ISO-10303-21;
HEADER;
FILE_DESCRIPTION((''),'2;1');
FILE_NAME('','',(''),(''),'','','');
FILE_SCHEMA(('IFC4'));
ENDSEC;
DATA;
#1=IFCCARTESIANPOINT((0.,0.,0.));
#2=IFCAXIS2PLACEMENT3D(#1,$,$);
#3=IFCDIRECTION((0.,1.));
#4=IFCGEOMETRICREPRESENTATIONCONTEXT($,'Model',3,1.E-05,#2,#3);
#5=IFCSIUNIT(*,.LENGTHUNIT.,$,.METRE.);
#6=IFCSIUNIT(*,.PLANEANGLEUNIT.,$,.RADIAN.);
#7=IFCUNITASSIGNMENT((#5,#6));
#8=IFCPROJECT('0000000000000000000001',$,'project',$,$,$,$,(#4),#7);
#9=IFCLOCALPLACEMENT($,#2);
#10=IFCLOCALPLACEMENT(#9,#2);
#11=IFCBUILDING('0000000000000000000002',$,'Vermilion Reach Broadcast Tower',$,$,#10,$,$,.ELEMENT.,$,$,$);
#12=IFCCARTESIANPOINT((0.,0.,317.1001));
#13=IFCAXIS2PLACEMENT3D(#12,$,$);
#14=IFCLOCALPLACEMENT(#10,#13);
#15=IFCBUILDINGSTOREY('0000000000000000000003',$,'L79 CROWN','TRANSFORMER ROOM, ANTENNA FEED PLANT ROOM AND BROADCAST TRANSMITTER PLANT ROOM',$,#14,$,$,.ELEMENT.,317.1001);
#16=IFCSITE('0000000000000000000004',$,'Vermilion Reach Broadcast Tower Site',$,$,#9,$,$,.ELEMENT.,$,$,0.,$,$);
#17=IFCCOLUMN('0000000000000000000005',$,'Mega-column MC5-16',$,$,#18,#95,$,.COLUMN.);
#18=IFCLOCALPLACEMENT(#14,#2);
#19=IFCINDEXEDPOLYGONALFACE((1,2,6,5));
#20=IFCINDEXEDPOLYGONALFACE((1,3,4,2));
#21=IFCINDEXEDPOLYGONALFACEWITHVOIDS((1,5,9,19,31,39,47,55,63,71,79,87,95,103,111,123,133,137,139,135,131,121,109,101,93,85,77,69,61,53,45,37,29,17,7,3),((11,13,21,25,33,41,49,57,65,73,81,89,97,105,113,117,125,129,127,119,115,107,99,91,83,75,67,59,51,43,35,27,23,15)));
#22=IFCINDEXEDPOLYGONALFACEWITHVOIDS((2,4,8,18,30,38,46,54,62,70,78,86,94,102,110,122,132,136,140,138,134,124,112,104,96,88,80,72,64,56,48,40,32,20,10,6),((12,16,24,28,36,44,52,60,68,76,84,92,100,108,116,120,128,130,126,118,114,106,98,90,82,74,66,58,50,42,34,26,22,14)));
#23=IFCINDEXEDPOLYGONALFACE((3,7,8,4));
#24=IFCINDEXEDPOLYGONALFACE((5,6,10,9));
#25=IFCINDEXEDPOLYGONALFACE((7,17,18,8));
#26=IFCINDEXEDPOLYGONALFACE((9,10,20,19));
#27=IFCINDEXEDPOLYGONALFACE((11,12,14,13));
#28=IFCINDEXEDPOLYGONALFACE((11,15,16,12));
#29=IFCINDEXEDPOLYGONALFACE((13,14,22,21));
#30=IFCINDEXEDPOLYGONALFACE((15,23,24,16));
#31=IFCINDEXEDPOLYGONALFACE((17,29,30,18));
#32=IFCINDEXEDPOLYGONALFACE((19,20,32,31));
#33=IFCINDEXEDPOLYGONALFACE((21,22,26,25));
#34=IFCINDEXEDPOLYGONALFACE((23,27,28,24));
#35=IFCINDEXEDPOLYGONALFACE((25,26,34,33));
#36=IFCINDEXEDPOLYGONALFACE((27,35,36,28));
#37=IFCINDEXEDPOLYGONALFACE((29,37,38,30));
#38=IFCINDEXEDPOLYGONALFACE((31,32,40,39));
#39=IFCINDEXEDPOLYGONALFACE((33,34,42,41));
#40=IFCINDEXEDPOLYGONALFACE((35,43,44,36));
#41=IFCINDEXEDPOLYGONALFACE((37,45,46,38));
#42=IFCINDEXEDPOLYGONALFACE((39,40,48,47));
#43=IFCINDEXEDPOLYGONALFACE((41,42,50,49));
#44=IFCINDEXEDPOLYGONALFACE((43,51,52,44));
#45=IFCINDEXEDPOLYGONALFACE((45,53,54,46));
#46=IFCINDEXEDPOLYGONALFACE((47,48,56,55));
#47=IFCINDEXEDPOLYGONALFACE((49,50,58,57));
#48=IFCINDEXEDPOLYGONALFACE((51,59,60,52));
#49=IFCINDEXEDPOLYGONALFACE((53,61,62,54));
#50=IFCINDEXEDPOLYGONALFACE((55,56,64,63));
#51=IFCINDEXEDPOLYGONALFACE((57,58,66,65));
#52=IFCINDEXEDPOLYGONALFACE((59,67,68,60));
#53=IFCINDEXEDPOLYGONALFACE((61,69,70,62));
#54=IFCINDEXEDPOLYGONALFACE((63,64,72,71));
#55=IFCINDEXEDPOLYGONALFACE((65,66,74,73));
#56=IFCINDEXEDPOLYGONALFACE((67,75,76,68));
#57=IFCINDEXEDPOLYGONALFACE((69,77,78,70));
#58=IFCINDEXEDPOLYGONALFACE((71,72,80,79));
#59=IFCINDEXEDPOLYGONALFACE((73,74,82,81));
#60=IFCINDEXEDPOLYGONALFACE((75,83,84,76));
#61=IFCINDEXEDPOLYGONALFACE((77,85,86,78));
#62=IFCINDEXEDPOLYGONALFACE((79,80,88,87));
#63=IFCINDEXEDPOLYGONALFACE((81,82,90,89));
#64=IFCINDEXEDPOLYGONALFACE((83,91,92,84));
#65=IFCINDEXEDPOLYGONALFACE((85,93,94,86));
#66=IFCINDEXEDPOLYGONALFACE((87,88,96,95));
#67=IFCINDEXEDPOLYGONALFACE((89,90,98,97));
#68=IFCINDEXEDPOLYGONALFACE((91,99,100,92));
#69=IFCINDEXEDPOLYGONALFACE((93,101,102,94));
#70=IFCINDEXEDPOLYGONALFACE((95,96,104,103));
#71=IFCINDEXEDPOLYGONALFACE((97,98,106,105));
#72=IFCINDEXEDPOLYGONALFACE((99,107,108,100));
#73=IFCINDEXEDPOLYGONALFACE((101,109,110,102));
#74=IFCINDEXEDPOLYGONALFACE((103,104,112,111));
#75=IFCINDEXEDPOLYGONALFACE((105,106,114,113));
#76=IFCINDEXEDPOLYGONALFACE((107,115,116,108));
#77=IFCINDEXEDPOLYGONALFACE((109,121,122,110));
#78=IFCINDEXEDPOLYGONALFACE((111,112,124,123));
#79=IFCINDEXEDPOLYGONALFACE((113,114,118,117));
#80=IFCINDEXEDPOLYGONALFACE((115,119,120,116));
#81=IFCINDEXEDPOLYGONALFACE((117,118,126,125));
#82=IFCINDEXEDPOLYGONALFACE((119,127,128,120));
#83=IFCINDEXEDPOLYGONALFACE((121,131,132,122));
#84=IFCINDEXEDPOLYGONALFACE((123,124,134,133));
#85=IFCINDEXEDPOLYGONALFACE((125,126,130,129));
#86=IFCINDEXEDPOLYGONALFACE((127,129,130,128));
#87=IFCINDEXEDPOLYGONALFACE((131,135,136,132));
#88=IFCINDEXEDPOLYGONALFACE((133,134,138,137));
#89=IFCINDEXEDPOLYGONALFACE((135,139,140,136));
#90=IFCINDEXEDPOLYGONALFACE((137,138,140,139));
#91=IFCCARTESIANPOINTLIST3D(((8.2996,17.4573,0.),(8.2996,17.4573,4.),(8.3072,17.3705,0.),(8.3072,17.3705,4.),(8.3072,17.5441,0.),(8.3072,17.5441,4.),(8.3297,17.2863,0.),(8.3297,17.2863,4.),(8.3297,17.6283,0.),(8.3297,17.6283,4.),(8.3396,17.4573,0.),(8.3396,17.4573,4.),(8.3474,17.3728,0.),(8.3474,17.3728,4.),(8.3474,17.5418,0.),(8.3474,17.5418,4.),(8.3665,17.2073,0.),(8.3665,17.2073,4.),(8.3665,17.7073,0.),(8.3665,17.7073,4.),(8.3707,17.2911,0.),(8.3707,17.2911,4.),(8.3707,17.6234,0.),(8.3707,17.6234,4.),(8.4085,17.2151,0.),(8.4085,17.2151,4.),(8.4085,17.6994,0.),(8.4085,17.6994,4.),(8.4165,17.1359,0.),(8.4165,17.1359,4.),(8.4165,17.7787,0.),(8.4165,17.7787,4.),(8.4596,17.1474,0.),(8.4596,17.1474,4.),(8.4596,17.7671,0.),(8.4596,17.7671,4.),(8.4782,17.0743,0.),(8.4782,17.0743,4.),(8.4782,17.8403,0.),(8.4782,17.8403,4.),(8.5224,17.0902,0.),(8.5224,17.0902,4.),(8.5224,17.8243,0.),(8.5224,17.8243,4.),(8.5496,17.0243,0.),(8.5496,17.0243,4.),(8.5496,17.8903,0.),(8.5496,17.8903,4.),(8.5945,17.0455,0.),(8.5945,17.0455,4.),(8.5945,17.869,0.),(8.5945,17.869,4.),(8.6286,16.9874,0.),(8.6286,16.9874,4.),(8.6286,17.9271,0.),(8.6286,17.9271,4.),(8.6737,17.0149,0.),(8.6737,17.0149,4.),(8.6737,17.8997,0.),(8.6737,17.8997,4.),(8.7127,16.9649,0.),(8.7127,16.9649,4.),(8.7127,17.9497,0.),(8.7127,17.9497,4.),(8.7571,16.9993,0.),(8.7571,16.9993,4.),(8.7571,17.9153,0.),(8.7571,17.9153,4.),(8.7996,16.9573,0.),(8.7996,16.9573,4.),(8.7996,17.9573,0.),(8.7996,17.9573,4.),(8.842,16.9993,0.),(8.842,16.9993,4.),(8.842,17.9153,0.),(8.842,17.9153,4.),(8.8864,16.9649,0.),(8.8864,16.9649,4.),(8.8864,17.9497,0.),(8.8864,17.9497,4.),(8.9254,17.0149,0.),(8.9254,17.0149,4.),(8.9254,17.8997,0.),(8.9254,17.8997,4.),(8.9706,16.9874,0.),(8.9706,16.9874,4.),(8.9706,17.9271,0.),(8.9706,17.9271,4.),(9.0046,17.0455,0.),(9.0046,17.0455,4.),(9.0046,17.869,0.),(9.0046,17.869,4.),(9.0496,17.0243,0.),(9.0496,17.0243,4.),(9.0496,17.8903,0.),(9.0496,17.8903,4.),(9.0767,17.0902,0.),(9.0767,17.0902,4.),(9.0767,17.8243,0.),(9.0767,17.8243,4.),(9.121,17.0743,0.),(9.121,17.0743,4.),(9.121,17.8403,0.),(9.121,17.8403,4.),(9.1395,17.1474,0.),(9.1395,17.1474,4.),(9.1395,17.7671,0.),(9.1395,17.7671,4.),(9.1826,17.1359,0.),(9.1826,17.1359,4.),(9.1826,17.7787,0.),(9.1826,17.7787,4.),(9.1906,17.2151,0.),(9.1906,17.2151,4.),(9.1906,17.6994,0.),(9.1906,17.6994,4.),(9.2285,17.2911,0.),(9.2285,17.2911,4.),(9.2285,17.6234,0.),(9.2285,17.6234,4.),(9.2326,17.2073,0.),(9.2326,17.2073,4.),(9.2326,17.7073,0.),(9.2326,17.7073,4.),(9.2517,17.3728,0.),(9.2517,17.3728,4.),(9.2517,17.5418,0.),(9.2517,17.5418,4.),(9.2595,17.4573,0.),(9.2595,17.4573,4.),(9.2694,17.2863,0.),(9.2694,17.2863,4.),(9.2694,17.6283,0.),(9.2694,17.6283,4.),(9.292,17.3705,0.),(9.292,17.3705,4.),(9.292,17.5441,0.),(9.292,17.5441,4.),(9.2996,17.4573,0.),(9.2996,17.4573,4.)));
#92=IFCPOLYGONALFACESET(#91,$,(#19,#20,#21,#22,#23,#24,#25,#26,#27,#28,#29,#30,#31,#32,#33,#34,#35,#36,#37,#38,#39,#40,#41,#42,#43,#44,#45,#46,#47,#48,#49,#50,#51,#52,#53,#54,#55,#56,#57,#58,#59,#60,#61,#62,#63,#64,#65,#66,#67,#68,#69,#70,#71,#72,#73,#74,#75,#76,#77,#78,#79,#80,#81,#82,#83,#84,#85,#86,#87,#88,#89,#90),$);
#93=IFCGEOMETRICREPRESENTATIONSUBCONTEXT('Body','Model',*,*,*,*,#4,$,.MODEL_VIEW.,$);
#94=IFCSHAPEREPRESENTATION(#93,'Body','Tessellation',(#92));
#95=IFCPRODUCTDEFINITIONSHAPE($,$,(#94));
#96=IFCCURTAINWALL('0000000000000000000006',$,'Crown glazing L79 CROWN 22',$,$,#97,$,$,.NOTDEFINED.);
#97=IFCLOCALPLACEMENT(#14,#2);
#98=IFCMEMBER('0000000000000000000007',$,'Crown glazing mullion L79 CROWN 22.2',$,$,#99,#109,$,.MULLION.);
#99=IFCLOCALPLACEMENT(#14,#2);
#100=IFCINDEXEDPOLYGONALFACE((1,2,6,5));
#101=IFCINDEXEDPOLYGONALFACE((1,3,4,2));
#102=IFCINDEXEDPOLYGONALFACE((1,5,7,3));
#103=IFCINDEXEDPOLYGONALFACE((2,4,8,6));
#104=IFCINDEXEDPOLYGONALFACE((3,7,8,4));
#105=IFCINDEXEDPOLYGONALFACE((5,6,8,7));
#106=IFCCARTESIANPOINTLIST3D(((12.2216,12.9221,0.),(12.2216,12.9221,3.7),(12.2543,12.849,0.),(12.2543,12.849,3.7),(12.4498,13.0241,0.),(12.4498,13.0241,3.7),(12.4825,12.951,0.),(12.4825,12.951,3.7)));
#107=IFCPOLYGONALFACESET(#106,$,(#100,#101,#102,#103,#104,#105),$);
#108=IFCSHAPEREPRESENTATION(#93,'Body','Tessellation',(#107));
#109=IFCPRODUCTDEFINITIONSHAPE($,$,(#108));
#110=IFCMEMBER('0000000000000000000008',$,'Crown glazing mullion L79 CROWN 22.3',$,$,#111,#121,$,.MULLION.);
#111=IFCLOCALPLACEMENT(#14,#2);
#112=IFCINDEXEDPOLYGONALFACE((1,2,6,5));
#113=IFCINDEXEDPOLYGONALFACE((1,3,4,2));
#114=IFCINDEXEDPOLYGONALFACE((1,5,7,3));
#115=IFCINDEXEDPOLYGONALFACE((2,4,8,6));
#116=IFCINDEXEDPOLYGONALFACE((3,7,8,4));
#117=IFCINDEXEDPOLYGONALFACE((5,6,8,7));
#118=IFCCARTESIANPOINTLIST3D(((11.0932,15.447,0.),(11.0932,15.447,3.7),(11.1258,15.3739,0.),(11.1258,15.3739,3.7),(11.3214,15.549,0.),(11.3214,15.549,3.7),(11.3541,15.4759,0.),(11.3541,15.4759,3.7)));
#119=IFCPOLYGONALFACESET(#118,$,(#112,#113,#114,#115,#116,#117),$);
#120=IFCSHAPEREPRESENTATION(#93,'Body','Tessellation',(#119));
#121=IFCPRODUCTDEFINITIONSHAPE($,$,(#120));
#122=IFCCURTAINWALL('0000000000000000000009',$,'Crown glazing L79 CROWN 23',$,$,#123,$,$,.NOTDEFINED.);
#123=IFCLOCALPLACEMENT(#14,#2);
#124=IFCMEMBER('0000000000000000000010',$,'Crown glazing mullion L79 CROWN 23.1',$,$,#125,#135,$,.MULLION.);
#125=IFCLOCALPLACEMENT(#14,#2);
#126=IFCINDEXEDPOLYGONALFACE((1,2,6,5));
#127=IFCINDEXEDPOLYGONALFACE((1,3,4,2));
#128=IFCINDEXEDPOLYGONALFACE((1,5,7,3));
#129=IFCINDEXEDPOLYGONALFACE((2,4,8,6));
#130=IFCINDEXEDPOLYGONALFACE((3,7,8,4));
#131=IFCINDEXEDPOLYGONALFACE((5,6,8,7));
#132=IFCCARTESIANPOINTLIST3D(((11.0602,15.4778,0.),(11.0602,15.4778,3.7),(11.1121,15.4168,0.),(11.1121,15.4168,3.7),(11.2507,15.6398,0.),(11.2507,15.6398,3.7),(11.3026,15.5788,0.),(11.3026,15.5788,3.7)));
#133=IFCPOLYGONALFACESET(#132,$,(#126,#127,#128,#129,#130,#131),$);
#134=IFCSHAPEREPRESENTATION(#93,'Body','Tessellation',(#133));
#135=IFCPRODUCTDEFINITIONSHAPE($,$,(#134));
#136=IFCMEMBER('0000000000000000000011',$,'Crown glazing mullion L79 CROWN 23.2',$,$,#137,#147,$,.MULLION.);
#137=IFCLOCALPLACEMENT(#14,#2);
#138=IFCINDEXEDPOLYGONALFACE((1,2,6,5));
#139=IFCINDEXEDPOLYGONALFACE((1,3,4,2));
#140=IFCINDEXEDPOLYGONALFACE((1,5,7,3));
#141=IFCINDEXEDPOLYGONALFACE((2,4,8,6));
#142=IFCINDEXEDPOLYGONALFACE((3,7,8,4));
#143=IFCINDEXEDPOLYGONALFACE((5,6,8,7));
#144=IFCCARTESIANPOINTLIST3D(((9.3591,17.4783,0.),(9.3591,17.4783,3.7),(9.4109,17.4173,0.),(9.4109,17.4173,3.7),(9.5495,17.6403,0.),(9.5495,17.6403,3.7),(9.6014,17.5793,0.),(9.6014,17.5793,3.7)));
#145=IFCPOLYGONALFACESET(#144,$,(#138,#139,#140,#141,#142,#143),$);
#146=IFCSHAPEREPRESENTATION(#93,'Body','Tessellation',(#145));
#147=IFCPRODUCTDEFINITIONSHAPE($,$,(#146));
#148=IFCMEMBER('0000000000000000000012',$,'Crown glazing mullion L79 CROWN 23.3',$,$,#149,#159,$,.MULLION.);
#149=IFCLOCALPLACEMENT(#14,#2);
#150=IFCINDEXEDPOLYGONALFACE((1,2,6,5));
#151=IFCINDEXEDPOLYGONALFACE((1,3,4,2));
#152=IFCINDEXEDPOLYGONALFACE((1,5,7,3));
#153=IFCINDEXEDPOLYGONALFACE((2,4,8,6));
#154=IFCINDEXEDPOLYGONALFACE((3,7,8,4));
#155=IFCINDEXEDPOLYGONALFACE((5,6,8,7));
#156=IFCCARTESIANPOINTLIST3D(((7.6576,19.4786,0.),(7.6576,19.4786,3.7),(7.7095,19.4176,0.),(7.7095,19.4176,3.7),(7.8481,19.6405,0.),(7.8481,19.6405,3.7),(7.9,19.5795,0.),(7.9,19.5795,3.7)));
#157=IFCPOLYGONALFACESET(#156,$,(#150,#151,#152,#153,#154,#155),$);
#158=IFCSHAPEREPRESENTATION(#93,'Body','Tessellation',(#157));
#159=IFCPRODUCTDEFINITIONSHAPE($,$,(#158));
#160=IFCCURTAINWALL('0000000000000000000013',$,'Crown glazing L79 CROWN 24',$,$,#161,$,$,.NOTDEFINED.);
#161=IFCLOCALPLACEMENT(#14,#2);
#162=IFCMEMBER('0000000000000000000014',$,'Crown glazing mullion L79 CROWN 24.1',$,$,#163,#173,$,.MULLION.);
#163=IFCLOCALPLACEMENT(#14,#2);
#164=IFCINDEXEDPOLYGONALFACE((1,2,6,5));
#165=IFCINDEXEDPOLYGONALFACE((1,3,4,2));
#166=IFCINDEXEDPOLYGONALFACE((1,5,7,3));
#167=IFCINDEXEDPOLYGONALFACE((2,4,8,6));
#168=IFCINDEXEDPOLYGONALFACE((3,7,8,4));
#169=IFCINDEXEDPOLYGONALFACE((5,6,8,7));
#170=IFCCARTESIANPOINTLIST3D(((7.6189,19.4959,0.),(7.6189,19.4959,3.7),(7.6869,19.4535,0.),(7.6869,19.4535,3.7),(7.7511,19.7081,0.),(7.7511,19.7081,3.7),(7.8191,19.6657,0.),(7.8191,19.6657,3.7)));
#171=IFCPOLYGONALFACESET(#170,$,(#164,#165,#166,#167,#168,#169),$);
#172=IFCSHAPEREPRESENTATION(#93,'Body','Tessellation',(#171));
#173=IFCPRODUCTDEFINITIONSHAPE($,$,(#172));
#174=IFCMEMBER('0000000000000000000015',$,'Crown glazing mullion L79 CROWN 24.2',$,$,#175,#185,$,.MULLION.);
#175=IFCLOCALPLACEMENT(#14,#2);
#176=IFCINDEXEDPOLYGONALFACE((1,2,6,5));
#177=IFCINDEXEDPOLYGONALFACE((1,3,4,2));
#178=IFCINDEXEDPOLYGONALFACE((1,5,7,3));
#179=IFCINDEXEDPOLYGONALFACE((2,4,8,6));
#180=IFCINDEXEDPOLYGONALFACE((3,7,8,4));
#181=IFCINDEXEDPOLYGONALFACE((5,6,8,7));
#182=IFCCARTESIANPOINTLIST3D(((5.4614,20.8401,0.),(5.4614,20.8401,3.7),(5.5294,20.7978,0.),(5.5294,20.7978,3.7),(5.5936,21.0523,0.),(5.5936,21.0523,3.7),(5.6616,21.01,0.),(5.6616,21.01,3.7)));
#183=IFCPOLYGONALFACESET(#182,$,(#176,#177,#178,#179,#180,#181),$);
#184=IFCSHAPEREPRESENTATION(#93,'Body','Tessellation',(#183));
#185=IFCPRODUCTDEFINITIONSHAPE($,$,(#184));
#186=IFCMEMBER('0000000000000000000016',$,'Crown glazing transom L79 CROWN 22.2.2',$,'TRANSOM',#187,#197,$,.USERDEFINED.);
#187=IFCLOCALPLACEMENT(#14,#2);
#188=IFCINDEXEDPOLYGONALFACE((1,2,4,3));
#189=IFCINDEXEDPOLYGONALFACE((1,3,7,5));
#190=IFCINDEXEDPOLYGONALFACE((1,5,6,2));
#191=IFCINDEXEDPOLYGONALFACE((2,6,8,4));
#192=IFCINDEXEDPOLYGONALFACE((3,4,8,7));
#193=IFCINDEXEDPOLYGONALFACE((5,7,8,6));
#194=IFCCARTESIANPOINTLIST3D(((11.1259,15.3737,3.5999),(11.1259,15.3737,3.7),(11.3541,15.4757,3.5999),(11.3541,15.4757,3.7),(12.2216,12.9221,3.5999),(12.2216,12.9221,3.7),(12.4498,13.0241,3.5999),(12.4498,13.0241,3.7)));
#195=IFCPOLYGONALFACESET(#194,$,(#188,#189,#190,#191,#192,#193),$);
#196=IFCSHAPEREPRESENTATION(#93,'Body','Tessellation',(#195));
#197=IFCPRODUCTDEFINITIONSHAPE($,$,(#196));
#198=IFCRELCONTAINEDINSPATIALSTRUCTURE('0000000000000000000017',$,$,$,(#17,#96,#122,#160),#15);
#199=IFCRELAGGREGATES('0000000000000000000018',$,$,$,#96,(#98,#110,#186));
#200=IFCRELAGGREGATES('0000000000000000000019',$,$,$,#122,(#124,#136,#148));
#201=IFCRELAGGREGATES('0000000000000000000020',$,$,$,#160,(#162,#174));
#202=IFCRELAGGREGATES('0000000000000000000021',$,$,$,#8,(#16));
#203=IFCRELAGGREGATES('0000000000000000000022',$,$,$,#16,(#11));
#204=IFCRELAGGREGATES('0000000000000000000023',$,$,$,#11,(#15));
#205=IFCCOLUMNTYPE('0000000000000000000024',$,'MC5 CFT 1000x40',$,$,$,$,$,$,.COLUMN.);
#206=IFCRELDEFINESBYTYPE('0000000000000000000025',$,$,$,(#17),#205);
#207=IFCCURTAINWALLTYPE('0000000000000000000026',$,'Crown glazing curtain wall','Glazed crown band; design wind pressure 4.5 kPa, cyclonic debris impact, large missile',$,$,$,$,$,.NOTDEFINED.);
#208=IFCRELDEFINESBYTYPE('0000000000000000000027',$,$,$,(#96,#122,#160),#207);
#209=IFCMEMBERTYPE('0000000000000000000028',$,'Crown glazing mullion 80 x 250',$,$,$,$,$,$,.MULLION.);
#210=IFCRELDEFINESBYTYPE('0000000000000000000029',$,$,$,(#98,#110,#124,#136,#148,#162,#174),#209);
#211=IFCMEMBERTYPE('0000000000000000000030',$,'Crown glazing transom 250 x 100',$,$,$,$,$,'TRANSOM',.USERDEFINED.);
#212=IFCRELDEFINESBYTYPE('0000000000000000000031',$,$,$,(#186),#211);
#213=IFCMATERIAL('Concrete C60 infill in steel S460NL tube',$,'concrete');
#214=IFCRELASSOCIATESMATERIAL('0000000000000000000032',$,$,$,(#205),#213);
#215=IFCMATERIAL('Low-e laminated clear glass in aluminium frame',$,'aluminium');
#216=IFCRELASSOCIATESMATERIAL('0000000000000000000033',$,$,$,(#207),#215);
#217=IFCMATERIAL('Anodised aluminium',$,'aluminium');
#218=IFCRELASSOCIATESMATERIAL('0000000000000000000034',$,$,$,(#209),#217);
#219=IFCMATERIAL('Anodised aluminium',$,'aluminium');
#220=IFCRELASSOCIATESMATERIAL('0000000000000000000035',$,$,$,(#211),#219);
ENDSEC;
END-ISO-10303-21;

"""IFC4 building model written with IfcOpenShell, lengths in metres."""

from ifc_helpers import new_model, si_unit, direction, frame, origin, origin_2d, place, context, subcontext, project, spatial, rectangle, hollow_circle, extrude, material, material_profile, profile_set, type_object, element, aggregate, save


model = new_model("IFC4")

# Units and contexts
model_context = context("Model", 3, precision=1e-05, world=origin(), true_north=direction((0.0, 1.0)))
body_context = subcontext(model_context, "Body", "Model", "MODEL_VIEW")
ifc_project = project(units=[si_unit("LENGTHUNIT", "METRE"), si_unit("PLANEANGLEUNIT", "RADIAN")], contexts=[model_context])

# Site, building, storey
site_placement = place(None, origin())
site = spatial("IfcSite", under=ifc_project, at=site_placement, Name="Vermilion Reach Broadcast Tower Site", CompositionType="ELEMENT", RefElevation=0.0)
building_placement = place(site_placement, origin())
building = spatial("IfcBuilding", under=site, at=building_placement, Name="Vermilion Reach Broadcast Tower", CompositionType="ELEMENT")
storey_placement = place(building_placement, frame((0.0, 0.0, 317.1001)))
storey = spatial("IfcBuildingStorey", under=building, at=storey_placement, Name="L79 CROWN", Description="TRANSFORMER ROOM, ANTENNA FEED PLANT ROOM AND BROADCAST TRANSMITTER PLANT ROOM", CompositionType="ELEMENT", Elevation=317.1001)

# Column
ifc_material_1 = material(Name="Concrete C60 infill in steel S460NL tube", Category="concrete")
ifc_material_profile_1 = material_profile(ifc_material_1, hollow_circle(Radius=0.5, WallThickness=0.04, at=origin_2d()), Name="Concrete C60 infill in steel S460NL tube CFT 1000x40")
ifc_profile_set_1 = profile_set([ifc_material_profile_1], Name="Concrete C60 infill in steel S460NL tube")
column_type = type_object("IfcColumnType", Name="MC5 CFT 1000x40", PredefinedType="COLUMN", material=ifc_profile_set_1)
column_placement = place(storey_placement, frame((8.7996, 17.4573, 0.0), z_axis=(0.0, 0.0, 1.0), x_axis=(1.0, 0.0, 0.0)))
element("IfcColumn", 1, at=column_placement, inside=storey, type_object=column_type, Name="Mega-column MC5-16", PredefinedType="COLUMN", context=body_context, shape_type="SweptSolid", body=[
    extrude(hollow_circle(Radius=0.5, WallThickness=0.04, at=origin_2d()), origin(), (0.0, 0.0, 1.0), 4.0),
])

# Curtain walls, members
ifc_material_2 = material(Name="Low-e laminated clear glass in aluminium frame", Category="aluminium")
curtain_wall_type = type_object("IfcCurtainWallType", Name="Crown glazing curtain wall", Description="Glazed crown band; design wind pressure 4.5 kPa, cyclonic debris impact, large missile", PredefinedType="NOTDEFINED", material=ifc_material_2)
placement = place(storey_placement, origin())
curtain_wall_1 = element("IfcCurtainWall", 2, at=placement, inside=storey, type_object=curtain_wall_type, Name="Crown glazing L79 CROWN 22", PredefinedType="NOTDEFINED")
ifc_material_3 = material(Name="Anodised aluminium", Category="aluminium")
ifc_material_profile_2 = material_profile(ifc_material_3, rectangle(XDim=0.25, YDim=0.0801, at=origin_2d()), Name="Crown glazing mullion 80 x 250")
ifc_profile_set_2 = profile_set([ifc_material_profile_2], Name="Anodised aluminium")
member_type_1 = type_object("IfcMemberType", Name="Crown glazing mullion 80 x 250", PredefinedType="MULLION", material=ifc_profile_set_2)
member_1_placement = place(storey_placement, frame((12.3521, 12.9365, 0.0), z_axis=(0.0, 0.0, 1.0), x_axis=(-0.912989, -0.407985, 0.0)))
member_1 = element("IfcMember", 3, at=member_1_placement, type_object=member_type_1, Name="Crown glazing mullion L79 CROWN 22.2", PredefinedType="MULLION", context=body_context, shape_type="SweptSolid", body=[
    extrude(rectangle(XDim=0.25, YDim=0.0801, at=origin_2d()), origin(), (0.0, 0.0, 1.0), 3.7),
])
member_2_placement = place(storey_placement, frame((11.2236, 15.4614, 0.0), z_axis=(0.0, 0.0, 1.0), x_axis=(-0.912989, -0.407985, 0.0)))
member_2 = element("IfcMember", 4, at=member_2_placement, type_object=member_type_1, Name="Crown glazing mullion L79 CROWN 22.3", PredefinedType="MULLION", context=body_context, shape_type="SweptSolid", body=[
    extrude(rectangle(XDim=0.25, YDim=0.0801, at=origin_2d()), origin(), (0.0, 0.0, 1.0), 3.7),
])
curtain_wall_2 = element("IfcCurtainWall", 5, at=placement, inside=storey, type_object=curtain_wall_type, Name="Crown glazing L79 CROWN 23", PredefinedType="NOTDEFINED")
member_3_placement = place(storey_placement, frame((11.1814, 15.5283, 0.0), z_axis=(0.0, 0.0, 1.0), x_axis=(-0.76175, -0.647871, 0.0)))
member_3 = element("IfcMember", 6, at=member_3_placement, type_object=member_type_1, Name="Crown glazing mullion L79 CROWN 23.1", PredefinedType="MULLION", context=body_context, shape_type="SweptSolid", body=[
    extrude(rectangle(XDim=0.25, YDim=0.0801, at=origin_2d()), origin(), (0.0, 0.0, 1.0), 3.7),
])
member_4_placement = place(storey_placement, frame((9.4802, 17.5288, 0.0), z_axis=(0.0, 0.0, 1.0), x_axis=(-0.76175, -0.647871, 0.0)))
member_4 = element("IfcMember", 7, at=member_4_placement, type_object=member_type_1, Name="Crown glazing mullion L79 CROWN 23.2", PredefinedType="MULLION", context=body_context, shape_type="SweptSolid", body=[
    extrude(rectangle(XDim=0.25, YDim=0.0801, at=origin_2d()), origin(), (0.0, 0.0, 1.0), 3.7),
])
member_5_placement = place(storey_placement, frame((7.7788, 19.5291, 0.0), z_axis=(0.0, 0.0, 1.0), x_axis=(-0.76175, -0.647871, 0.0)))
member_5 = element("IfcMember", 8, at=member_5_placement, type_object=member_type_1, Name="Crown glazing mullion L79 CROWN 23.3", PredefinedType="MULLION", context=body_context, shape_type="SweptSolid", body=[
    extrude(rectangle(XDim=0.25, YDim=0.0801, at=origin_2d()), origin(), (0.0, 0.0, 1.0), 3.7),
])
curtain_wall_3 = element("IfcCurtainWall", 9, at=placement, inside=storey, type_object=curtain_wall_type, Name="Crown glazing L79 CROWN 24", PredefinedType="NOTDEFINED")
member_6_placement = place(storey_placement, frame((7.719, 19.5808, 0.0), z_axis=(0.0, 0.0, 1.0), x_axis=(-0.528861, -0.848708, 0.0)))
member_6 = element("IfcMember", 10, at=member_6_placement, type_object=member_type_1, Name="Crown glazing mullion L79 CROWN 24.1", PredefinedType="MULLION", context=body_context, shape_type="SweptSolid", body=[
    extrude(rectangle(XDim=0.25, YDim=0.0801, at=origin_2d()), origin(), (0.0, 0.0, 1.0), 3.7),
])
member_7_placement = place(storey_placement, frame((5.5615, 20.925, 0.0), z_axis=(0.0, 0.0, 1.0), x_axis=(-0.528861, -0.848708, 0.0)))
member_7 = element("IfcMember", 11, at=member_7_placement, type_object=member_type_1, Name="Crown glazing mullion L79 CROWN 24.2", PredefinedType="MULLION", context=body_context, shape_type="SweptSolid", body=[
    extrude(rectangle(XDim=0.25, YDim=0.0801, at=origin_2d()), origin(), (0.0, 0.0, 1.0), 3.7),
])

# Member
ifc_material_4 = material(Name="Anodised aluminium", Category="aluminium")
ifc_material_profile_3 = material_profile(ifc_material_4, rectangle(XDim=0.25, YDim=0.1001, at=origin_2d()), Name="Crown glazing transom 250 x 100")
ifc_profile_set_3 = profile_set([ifc_material_profile_3], Name="Anodised aluminium")
member_type_2 = type_object("IfcMemberType", Name="Crown glazing transom 250 x 100", ElementType="TRANSOM", PredefinedType="USERDEFINED", material=ifc_profile_set_3)
member_8_placement = place(storey_placement, frame((12.3357, 12.9731, 3.6499), z_axis=(-0.408027, 0.91297, 0.0), x_axis=(-0.91297, -0.408027, 0.0)))
member_8 = element("IfcMember", 12, at=member_8_placement, type_object=member_type_2, Name="Crown glazing transom L79 CROWN 22.2.2", ObjectType="TRANSOM", PredefinedType="USERDEFINED", context=body_context, shape_type="SweptSolid", body=[
    extrude(rectangle(XDim=0.25, YDim=0.1001, at=origin_2d()), origin(), (0.0, 0.0, 1.0), 2.6853),
])

aggregate(curtain_wall_1, [member_1, member_2, member_8])
aggregate(curtain_wall_2, [member_3, member_4, member_5])
aggregate(curtain_wall_3, [member_6, member_7])

save(model, "model.ifc")
